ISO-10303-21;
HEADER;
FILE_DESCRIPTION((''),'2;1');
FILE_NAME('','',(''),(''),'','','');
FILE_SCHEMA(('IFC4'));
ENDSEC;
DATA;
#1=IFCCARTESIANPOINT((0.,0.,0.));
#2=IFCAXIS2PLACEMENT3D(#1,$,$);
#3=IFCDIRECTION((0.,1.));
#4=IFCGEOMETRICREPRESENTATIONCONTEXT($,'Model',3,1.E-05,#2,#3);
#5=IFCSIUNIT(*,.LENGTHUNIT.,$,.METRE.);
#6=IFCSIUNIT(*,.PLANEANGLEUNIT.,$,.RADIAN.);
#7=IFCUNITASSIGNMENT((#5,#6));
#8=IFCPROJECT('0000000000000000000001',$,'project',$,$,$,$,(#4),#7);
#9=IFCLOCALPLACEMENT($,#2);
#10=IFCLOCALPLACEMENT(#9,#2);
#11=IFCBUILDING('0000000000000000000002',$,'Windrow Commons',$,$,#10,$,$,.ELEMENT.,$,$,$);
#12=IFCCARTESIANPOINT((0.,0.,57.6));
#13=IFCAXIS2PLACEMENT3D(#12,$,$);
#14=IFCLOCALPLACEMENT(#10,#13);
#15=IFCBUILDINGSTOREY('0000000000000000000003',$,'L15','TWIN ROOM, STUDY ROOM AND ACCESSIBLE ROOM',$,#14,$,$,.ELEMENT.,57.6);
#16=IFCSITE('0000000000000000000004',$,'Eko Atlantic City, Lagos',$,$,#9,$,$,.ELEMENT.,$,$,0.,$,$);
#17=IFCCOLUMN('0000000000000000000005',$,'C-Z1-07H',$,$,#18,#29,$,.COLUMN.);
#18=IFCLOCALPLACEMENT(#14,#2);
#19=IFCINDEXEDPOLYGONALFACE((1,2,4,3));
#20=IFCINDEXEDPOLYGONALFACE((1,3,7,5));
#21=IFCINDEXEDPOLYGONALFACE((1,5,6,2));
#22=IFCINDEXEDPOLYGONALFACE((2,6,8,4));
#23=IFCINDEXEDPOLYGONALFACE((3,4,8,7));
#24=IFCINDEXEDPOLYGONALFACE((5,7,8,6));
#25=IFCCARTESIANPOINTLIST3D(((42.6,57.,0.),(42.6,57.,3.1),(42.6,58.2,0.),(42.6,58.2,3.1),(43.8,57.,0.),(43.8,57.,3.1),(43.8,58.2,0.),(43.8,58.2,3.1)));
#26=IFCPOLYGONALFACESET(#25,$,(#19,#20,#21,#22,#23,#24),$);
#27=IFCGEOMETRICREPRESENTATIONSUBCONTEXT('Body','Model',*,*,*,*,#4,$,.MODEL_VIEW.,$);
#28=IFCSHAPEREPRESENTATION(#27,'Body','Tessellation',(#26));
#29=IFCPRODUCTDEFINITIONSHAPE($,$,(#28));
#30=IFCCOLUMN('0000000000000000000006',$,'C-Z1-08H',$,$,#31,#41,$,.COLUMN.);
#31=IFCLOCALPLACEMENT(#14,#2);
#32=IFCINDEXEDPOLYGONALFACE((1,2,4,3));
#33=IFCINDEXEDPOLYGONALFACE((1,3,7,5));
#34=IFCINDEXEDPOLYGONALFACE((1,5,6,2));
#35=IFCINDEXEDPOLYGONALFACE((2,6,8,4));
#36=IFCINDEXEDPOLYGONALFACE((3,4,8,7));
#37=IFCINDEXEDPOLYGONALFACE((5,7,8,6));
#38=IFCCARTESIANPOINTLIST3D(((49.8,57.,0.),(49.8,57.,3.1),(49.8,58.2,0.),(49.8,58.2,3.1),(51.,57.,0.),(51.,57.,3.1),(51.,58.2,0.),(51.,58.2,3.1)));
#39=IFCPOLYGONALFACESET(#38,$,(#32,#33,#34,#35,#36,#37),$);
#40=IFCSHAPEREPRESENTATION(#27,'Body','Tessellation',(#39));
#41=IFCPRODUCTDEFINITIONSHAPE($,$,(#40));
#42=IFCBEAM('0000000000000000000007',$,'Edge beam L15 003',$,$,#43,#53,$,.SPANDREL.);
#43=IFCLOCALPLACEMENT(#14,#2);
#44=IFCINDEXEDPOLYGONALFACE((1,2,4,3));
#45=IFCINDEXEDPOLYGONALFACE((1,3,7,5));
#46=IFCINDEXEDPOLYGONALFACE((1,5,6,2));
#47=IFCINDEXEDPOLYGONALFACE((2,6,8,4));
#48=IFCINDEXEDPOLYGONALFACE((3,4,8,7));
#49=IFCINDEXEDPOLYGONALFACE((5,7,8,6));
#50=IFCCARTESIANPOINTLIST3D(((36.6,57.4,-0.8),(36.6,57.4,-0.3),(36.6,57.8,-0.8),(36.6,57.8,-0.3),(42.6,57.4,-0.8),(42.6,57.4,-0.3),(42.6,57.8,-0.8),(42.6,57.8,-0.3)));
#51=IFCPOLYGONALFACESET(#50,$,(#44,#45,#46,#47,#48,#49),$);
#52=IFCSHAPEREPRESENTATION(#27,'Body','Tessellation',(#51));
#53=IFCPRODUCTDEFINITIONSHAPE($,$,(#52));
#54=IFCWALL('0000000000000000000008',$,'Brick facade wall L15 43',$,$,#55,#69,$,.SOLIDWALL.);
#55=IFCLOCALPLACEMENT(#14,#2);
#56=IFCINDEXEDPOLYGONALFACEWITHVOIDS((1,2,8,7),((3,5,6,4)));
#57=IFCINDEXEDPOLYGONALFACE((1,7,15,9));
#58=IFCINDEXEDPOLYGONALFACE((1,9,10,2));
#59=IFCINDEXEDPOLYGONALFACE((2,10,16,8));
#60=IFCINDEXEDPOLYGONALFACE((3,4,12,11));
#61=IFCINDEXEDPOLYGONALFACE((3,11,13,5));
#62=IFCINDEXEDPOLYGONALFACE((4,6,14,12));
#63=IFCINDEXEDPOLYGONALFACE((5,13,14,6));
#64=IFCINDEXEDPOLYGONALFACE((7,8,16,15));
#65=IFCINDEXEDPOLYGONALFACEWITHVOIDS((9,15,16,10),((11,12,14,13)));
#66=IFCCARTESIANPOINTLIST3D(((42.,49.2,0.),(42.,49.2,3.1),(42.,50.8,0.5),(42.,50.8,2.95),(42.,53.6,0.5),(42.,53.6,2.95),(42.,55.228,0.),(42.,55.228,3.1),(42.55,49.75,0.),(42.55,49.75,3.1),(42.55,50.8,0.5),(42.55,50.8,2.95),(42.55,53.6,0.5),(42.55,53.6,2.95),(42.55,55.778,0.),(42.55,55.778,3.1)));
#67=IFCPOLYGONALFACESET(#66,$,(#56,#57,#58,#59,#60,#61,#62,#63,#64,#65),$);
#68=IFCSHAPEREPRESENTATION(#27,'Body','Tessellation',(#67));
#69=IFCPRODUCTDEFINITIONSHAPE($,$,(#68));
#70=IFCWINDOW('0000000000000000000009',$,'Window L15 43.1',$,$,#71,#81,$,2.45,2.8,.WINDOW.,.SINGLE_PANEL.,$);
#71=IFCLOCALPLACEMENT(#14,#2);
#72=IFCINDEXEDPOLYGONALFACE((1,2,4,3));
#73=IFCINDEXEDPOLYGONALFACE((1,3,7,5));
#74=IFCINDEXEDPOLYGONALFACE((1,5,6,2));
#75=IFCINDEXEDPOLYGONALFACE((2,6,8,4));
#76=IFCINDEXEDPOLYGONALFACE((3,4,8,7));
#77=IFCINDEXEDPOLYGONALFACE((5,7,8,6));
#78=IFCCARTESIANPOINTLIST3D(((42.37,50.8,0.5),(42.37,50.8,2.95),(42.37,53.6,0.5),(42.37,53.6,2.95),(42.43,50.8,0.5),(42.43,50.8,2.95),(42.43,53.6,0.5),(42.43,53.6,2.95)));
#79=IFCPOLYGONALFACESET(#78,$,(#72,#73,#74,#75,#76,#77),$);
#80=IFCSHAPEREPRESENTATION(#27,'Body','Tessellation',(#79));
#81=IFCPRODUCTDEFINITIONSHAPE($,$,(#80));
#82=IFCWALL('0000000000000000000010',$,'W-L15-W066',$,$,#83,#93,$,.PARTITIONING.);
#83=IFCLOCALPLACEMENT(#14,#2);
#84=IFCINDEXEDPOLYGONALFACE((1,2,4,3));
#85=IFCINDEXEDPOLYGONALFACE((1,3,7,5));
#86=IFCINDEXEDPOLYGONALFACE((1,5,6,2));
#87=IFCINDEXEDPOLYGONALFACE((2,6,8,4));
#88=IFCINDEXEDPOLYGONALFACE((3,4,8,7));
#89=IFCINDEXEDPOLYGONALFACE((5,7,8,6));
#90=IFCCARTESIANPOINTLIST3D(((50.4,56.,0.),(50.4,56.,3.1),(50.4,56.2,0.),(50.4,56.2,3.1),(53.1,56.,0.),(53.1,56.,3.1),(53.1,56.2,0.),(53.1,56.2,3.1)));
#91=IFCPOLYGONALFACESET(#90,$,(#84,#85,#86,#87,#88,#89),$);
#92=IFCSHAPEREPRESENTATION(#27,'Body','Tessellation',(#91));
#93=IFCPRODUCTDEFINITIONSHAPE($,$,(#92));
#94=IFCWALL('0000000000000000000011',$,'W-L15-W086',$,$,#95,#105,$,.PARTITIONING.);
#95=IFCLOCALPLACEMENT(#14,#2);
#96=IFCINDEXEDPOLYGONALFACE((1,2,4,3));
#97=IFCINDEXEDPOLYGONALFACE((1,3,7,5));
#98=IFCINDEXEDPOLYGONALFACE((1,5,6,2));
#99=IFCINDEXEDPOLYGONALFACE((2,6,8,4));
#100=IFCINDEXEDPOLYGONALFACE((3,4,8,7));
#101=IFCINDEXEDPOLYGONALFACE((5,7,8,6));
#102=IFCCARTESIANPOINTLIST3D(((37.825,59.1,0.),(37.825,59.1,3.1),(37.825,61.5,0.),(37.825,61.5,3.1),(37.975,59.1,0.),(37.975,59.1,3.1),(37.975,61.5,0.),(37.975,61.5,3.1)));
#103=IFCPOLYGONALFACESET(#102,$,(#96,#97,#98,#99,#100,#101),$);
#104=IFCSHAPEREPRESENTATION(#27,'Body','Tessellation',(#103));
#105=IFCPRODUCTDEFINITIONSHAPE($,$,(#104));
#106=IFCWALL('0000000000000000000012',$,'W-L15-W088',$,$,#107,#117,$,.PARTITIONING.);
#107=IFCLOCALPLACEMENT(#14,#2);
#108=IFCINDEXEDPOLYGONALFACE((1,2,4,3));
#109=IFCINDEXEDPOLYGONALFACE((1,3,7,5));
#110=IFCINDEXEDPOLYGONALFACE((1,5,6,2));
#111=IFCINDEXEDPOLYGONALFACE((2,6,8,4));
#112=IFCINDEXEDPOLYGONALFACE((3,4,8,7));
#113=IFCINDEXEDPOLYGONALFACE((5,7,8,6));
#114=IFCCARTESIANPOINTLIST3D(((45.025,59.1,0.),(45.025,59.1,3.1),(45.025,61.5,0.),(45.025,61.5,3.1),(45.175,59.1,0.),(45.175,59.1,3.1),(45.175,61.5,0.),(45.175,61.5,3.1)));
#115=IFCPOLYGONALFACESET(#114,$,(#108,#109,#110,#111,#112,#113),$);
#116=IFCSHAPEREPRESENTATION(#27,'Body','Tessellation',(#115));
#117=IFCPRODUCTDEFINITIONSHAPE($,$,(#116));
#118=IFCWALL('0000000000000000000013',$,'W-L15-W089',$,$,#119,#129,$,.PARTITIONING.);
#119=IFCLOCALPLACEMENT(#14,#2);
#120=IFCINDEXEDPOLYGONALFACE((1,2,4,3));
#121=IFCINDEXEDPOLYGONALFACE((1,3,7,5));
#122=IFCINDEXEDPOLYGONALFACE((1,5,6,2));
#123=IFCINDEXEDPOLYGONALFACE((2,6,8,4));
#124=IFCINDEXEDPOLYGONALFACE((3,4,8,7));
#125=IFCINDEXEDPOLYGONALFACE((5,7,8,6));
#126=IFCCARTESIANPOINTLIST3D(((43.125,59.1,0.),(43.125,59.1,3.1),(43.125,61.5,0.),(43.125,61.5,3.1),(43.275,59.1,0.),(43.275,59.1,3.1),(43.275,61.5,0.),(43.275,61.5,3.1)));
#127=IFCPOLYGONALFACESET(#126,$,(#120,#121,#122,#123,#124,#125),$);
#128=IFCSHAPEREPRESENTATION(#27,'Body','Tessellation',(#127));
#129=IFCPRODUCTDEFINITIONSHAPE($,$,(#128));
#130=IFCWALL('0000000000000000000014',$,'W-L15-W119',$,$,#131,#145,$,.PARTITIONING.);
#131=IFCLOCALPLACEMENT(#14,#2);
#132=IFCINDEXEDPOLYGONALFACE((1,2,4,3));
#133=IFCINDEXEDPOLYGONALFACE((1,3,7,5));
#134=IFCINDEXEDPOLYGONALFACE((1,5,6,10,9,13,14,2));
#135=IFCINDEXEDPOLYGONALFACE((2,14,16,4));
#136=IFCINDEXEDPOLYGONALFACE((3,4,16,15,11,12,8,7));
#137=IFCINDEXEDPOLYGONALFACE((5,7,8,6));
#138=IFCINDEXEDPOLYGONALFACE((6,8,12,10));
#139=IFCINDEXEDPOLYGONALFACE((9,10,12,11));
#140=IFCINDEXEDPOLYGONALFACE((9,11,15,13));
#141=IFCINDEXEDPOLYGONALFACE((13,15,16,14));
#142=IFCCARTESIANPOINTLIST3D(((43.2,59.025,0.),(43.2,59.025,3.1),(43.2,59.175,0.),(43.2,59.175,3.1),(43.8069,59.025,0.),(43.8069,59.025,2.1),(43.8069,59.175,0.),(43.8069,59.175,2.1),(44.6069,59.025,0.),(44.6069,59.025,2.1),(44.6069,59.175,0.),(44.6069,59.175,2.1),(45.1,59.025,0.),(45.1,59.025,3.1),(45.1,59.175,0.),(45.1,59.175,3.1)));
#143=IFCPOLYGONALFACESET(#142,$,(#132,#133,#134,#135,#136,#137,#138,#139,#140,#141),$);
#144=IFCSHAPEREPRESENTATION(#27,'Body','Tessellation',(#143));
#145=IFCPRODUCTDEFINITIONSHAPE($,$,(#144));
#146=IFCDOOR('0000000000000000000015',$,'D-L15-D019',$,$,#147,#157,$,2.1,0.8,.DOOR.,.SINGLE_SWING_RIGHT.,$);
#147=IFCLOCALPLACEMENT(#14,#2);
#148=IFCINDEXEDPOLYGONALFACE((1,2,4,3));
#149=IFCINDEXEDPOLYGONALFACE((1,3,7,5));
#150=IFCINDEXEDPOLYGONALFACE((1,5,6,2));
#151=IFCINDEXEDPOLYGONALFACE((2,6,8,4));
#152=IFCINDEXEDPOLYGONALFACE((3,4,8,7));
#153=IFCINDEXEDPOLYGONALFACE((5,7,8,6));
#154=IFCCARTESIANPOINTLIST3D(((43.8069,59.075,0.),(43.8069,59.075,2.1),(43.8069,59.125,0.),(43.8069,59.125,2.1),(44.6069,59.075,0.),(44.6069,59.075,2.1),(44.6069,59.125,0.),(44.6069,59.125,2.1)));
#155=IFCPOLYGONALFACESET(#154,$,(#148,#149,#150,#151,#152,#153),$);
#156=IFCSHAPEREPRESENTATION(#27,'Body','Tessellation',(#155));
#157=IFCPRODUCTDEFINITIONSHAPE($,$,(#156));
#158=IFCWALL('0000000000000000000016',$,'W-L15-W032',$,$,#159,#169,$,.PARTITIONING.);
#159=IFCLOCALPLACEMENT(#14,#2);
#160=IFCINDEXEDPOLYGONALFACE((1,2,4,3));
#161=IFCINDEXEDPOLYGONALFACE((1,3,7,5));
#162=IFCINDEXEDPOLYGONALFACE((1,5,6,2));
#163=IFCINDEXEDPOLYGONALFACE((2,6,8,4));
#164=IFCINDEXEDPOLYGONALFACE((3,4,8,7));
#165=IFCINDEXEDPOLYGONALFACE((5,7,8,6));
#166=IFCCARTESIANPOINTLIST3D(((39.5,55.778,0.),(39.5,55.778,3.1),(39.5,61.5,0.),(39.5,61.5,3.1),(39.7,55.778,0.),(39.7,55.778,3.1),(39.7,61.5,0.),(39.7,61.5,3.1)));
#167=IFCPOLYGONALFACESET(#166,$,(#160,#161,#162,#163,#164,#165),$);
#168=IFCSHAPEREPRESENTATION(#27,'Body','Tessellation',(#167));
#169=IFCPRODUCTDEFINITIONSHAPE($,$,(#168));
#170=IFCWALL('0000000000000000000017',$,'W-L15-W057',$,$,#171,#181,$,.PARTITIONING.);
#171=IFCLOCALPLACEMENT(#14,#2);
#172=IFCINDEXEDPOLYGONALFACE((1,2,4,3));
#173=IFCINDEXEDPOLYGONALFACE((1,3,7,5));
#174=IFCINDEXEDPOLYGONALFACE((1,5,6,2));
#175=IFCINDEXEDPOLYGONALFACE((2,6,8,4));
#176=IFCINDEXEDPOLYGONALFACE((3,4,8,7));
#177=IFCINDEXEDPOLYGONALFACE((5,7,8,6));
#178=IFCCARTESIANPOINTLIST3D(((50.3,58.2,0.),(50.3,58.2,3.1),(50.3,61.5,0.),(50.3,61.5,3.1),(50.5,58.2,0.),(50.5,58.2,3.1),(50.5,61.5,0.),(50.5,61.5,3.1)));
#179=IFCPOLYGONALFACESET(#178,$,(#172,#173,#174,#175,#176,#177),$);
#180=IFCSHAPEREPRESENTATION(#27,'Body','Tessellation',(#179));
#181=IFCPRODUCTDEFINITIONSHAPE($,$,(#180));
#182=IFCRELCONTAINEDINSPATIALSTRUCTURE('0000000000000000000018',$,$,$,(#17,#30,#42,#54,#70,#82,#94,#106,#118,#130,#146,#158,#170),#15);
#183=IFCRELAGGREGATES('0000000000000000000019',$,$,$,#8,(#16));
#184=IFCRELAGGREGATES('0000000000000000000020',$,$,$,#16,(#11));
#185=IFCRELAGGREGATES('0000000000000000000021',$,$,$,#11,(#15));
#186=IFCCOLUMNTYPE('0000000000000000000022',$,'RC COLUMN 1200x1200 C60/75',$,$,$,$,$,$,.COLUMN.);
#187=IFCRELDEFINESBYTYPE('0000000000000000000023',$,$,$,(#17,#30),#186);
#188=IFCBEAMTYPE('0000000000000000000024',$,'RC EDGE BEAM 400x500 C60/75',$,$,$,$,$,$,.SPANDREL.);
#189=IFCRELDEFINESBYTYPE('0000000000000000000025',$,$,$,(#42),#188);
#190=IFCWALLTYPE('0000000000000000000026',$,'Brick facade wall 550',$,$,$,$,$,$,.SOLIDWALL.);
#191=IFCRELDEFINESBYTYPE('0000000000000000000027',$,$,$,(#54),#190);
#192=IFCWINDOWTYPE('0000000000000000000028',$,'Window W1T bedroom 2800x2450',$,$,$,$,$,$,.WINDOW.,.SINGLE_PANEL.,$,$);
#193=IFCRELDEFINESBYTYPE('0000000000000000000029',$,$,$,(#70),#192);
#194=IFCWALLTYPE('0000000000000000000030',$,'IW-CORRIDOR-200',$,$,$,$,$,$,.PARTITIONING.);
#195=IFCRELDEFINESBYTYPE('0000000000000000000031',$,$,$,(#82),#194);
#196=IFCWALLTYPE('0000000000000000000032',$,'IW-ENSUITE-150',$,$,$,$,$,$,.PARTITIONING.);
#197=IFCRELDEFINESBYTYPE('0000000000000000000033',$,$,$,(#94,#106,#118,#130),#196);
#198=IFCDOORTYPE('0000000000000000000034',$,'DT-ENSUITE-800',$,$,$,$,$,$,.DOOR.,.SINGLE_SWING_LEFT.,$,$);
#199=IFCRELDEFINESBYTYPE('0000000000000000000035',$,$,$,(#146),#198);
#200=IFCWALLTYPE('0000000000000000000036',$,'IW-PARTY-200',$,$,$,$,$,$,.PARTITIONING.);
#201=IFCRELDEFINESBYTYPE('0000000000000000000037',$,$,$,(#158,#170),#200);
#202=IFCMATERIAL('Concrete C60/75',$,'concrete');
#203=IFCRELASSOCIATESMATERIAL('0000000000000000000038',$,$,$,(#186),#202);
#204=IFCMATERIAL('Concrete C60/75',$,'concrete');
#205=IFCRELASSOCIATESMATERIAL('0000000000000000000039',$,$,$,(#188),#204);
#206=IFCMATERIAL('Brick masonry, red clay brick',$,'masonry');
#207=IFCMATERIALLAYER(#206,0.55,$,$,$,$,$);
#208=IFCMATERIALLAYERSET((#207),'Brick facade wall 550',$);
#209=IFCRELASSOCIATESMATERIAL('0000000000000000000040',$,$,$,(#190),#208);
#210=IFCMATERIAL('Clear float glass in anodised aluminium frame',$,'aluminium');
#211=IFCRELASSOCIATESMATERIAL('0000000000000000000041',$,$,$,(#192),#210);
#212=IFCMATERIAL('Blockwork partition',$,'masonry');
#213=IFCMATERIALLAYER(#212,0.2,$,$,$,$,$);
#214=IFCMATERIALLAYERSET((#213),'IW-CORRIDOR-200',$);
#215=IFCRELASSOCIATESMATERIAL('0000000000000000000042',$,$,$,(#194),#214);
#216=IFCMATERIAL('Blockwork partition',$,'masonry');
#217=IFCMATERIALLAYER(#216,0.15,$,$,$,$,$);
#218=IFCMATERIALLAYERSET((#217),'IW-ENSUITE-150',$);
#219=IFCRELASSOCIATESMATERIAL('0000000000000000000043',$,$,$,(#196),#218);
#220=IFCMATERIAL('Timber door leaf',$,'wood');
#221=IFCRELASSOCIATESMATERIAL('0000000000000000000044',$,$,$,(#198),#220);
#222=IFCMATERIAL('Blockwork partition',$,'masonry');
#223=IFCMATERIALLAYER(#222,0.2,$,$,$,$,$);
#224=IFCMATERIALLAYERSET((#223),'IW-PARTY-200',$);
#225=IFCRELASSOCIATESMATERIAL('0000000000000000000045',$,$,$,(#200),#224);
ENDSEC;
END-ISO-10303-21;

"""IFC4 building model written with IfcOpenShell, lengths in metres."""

from ifc_helpers import new_model, si_unit, direction, frame, frame_2d, origin, origin_2d, place, context, subcontext, project, spatial, polyline, rectangle, outline, extrude, material, layer, layer_set, material_profile, profile_set, type_object, element, fill, save


model = new_model("IFC4")

# Units and contexts
model_context = context("Model", 3, precision=1e-05, world=origin(), true_north=direction((0.0, 1.0)))
body_context = subcontext(model_context, "Body", "Model", "MODEL_VIEW")
ifc_project = project(units=[si_unit("LENGTHUNIT", "METRE"), si_unit("PLANEANGLEUNIT", "RADIAN")], contexts=[model_context])

# Site, building, storey
site_placement = place(None, origin())
site = spatial("IfcSite", under=ifc_project, at=site_placement, Name="Eko Atlantic City, Lagos", CompositionType="ELEMENT", RefElevation=0.0)
building_placement = place(site_placement, origin())
building = spatial("IfcBuilding", under=site, at=building_placement, Name="Windrow Commons", CompositionType="ELEMENT")
storey_placement = place(building_placement, frame((0.0, 0.0, 57.6)))
storey = spatial("IfcBuildingStorey", under=building, at=storey_placement, Name="L15", Description="TWIN ROOM, STUDY ROOM AND ACCESSIBLE ROOM", CompositionType="ELEMENT", Elevation=57.6)

# Columns
ifc_material_1 = material(Name="Concrete C60/75", Category="concrete")
ifc_material_profile_1 = material_profile(ifc_material_1, rectangle(XDim=1.2, YDim=1.2, at=origin_2d()))
ifc_profile_set_1 = profile_set([ifc_material_profile_1], Name="Concrete C60/75")
column_type = type_object("IfcColumnType", Name="RC COLUMN 1200x1200 C60/75", PredefinedType="COLUMN", material=ifc_profile_set_1)
for number, where, z_axis, x_axis, name in (
    (1, (43.2, 57.6, 0.0), (0.0, 0.0, 1.0), (1.0, 0.0, 0.0), "C-Z1-07H"),
    (2, (50.4, 57.6, 0.0), (0.0, 0.0, 1.0), (1.0, 0.0, 0.0), "C-Z1-08H"),
):
    element("IfcColumn", number, at=place(storey_placement, frame(where, z_axis=z_axis, x_axis=x_axis)), inside=storey, type_object=column_type, Name=name, PredefinedType="COLUMN", context=body_context, shape_type="SweptSolid", body=[
        extrude(rectangle(XDim=1.2, YDim=1.2, at=origin_2d()), origin(), (0.0, 0.0, 1.0), 3.1),
    ])

# Beam
ifc_material_2 = material(Name="Concrete C60/75", Category="concrete")
ifc_material_profile_2 = material_profile(ifc_material_2, rectangle(XDim=0.4, YDim=0.5, at=origin_2d()))
ifc_profile_set_2 = profile_set([ifc_material_profile_2], Name="Concrete C60/75")
beam_type = type_object("IfcBeamType", Name="RC EDGE BEAM 400x500 C60/75", PredefinedType="SPANDREL", material=ifc_profile_set_2)
beam_placement = place(storey_placement, frame((42.6, 57.6, -0.55), z_axis=(-1.0, 0.0, 0.0), x_axis=(0.0, -1.0, 0.0)))
element("IfcBeam", 3, at=beam_placement, inside=storey, type_object=beam_type, Name="Edge beam L15 003", PredefinedType="SPANDREL", context=body_context, shape_type="SweptSolid", body=[
    extrude(rectangle(XDim=0.4, YDim=0.5, at=origin_2d()), origin(), (0.0, 0.0, 1.0), 6.0),
])

# Wall, opening, window
ifc_material_3 = material(Name="Brick masonry, red clay brick", Category="masonry")
ifc_layer_1 = layer(ifc_material_3, 0.55)
ifc_layer_set_1 = layer_set([ifc_layer_1], Name="Brick facade wall 550")
wall_type_1 = type_object("IfcWallType", Name="Brick facade wall 550", PredefinedType="SOLIDWALL", material=ifc_layer_set_1)
wall_1_placement = place(storey_placement, frame((42.275, 55.503, 0.0), z_axis=(0.0, 0.0, 1.0), x_axis=(0.0, -1.0, 0.0)))
wall_1 = element("IfcWall", 4, at=wall_1_placement, inside=storey, type_object=wall_type_1, Name="Brick facade wall L15 43", PredefinedType="SOLIDWALL", context=body_context, shape_type="SweptSolid", body=[
    extrude(outline(polyline([(0.275, -0.275), (6.303, -0.275), (5.753, 0.275), (-0.275, 0.275), (0.275, -0.275)])), origin(), (0.0, 0.0, 1.0), 3.1),
])
opening_1_placement = place(wall_1_placement, frame((1.903, 0.0, 0.5)))
opening_1 = element("IfcOpeningElement", 5, at=opening_1_placement, cuts=wall_1, PredefinedType="OPENING", context=body_context, shape_type="SweptSolid", body=[
    extrude(rectangle(XDim=2.8, YDim=2.45, at=frame_2d((1.4, 1.225))), frame((0.0, 0.285, 0.0), z_axis=(0.0, -1.0, 0.0), x_axis=(1.0, 0.0, 0.0)), (0.0, 0.0, 1.0), 0.57),
])
ifc_material_4 = material(Name="Clear float glass in anodised aluminium frame", Category="aluminium")
window_type = type_object("IfcWindowType", Name="Window W1T bedroom 2800x2450", PartitioningType="SINGLE_PANEL", PredefinedType="WINDOW", material=ifc_material_4)
window_placement = place(opening_1_placement, origin())
window = element("IfcWindow", 6, at=window_placement, inside=storey, type_object=window_type, Name="Window L15 43.1", OverallHeight=2.45, OverallWidth=2.8, PartitioningType="SINGLE_PANEL", PredefinedType="WINDOW", context=body_context, shape_type="SweptSolid", body=[
    extrude(rectangle(XDim=2.8, YDim=2.45, at=frame_2d((1.4, 1.225))), frame((0.0, 0.155, 0.0), z_axis=(0.0, -1.0, 0.0), x_axis=(1.0, 0.0, 0.0)), (0.0, 0.0, 1.0), 0.06),
])
fill(opening_1, window)

# Walls
ifc_material_5 = material(Name="Blockwork partition", Category="masonry")
ifc_layer_2 = layer(ifc_material_5, 0.2)
ifc_layer_set_2 = layer_set([ifc_layer_2], Name="IW-CORRIDOR-200")
wall_type_2 = type_object("IfcWallType", Name="IW-CORRIDOR-200", PredefinedType="PARTITIONING", material=ifc_layer_set_2)
wall_2_placement = place(storey_placement, frame((50.4, 56.1, 0.0), z_axis=(0.0, 0.0, 1.0), x_axis=(1.0, 0.0, 0.0)))
element("IfcWall", 7, at=wall_2_placement, inside=storey, type_object=wall_type_2, Name="W-L15-W066", PredefinedType="PARTITIONING", context=body_context, shape_type="SweptSolid", body=[
    extrude(rectangle(XDim=2.7, YDim=0.2, at=frame_2d((1.35, 0.0))), origin(), (0.0, 0.0, 1.0), 3.1),
])
ifc_material_6 = material(Name="Blockwork partition", Category="masonry")
ifc_layer_3 = layer(ifc_material_6, 0.15)
ifc_layer_set_3 = layer_set([ifc_layer_3], Name="IW-ENSUITE-150")
wall_type_3 = type_object("IfcWallType", Name="IW-ENSUITE-150", PredefinedType="PARTITIONING", material=ifc_layer_set_3)
for number, where, z_axis, x_axis, name in (
    (8, (37.9, 59.1, 0.0), (0.0, 0.0, 1.0), (0.0, 1.0, 0.0), "W-L15-W086"),
    (9, (45.1, 59.1, 0.0), (0.0, 0.0, 1.0), (0.0, 1.0, 0.0), "W-L15-W088"),
    (10, (43.2, 59.1, 0.0), (0.0, 0.0, 1.0), (0.0, 1.0, 0.0), "W-L15-W089"),
):
    element("IfcWall", number, at=place(storey_placement, frame(where, z_axis=z_axis, x_axis=x_axis)), inside=storey, type_object=wall_type_3, Name=name, PredefinedType="PARTITIONING", context=body_context, shape_type="SweptSolid", body=[
        extrude(rectangle(XDim=2.4, YDim=0.15, at=frame_2d((1.2, 0.0))), origin(), (0.0, 0.0, 1.0), 3.1),
    ])

# Wall, opening, door
wall_3_placement = place(storey_placement, frame((43.2, 59.1, 0.0), z_axis=(0.0, 0.0, 1.0), x_axis=(1.0, 0.0, 0.0)))
wall_3 = element("IfcWall", 11, at=wall_3_placement, inside=storey, type_object=wall_type_3, Name="W-L15-W119", PredefinedType="PARTITIONING", context=body_context, shape_type="SweptSolid", body=[
    extrude(rectangle(XDim=1.9, YDim=0.15, at=frame_2d((0.95, 0.0))), origin(), (0.0, 0.0, 1.0), 3.1),
])
opening_2_placement = place(wall_3_placement, frame((0.6069, 0.0, 0.0)))
opening_2 = element("IfcOpeningElement", 12, at=opening_2_placement, cuts=wall_3, PredefinedType="OPENING", context=body_context, shape_type="SweptSolid", body=[
    extrude(rectangle(XDim=0.8, YDim=2.1, at=frame_2d((0.4, 1.05))), frame((0.0, 0.085, 0.0), z_axis=(0.0, -1.0, 0.0), x_axis=(1.0, 0.0, 0.0)), (0.0, 0.0, 1.0), 0.17),
])
ifc_material_7 = material(Name="Timber door leaf", Category="wood")
door_type = type_object("IfcDoorType", Name="DT-ENSUITE-800", OperationType="SINGLE_SWING_LEFT", PredefinedType="DOOR", material=ifc_material_7)
door_placement = place(opening_2_placement, origin())
door = element("IfcDoor", 13, at=door_placement, inside=storey, type_object=door_type, Name="D-L15-D019", OperationType="SINGLE_SWING_RIGHT", OverallHeight=2.1, OverallWidth=0.8, PredefinedType="DOOR", context=body_context, shape_type="SweptSolid", body=[
    extrude(rectangle(XDim=0.8, YDim=2.1, at=frame_2d((0.4, 1.05))), frame((0.0, 0.025, 0.0), z_axis=(0.0, -1.0, 0.0), x_axis=(1.0, 0.0, 0.0)), (0.0, 0.0, 1.0), 0.05),
])
fill(opening_2, door)

# Walls
ifc_material_8 = material(Name="Blockwork partition", Category="masonry")
ifc_layer_4 = layer(ifc_material_8, 0.2)
ifc_layer_set_4 = layer_set([ifc_layer_4], Name="IW-PARTY-200")
wall_type_4 = type_object("IfcWallType", Name="IW-PARTY-200", PredefinedType="PARTITIONING", material=ifc_layer_set_4)
wall_4_placement = place(storey_placement, frame((39.6, 55.778, 0.0), z_axis=(0.0, 0.0, 1.0), x_axis=(0.0, 1.0, 0.0)))
element("IfcWall", 14, at=wall_4_placement, inside=storey, type_object=wall_type_4, Name="W-L15-W032", PredefinedType="PARTITIONING", context=body_context, shape_type="SweptSolid", body=[
    extrude(rectangle(XDim=5.722, YDim=0.2, at=frame_2d((2.861, 0.0))), origin(), (0.0, 0.0, 1.0), 3.1),
])
wall_5_placement = place(storey_placement, frame((50.4, 58.2, 0.0), z_axis=(0.0, 0.0, 1.0), x_axis=(0.0, 1.0, 0.0)))
element("IfcWall", 15, at=wall_5_placement, inside=storey, type_object=wall_type_4, Name="W-L15-W057", PredefinedType="PARTITIONING", context=body_context, shape_type="SweptSolid", body=[
    extrude(rectangle(XDim=3.3, YDim=0.2, at=frame_2d((1.65, 0.0))), origin(), (0.0, 0.0, 1.0), 3.1),
])

save(model, "model.ifc")
